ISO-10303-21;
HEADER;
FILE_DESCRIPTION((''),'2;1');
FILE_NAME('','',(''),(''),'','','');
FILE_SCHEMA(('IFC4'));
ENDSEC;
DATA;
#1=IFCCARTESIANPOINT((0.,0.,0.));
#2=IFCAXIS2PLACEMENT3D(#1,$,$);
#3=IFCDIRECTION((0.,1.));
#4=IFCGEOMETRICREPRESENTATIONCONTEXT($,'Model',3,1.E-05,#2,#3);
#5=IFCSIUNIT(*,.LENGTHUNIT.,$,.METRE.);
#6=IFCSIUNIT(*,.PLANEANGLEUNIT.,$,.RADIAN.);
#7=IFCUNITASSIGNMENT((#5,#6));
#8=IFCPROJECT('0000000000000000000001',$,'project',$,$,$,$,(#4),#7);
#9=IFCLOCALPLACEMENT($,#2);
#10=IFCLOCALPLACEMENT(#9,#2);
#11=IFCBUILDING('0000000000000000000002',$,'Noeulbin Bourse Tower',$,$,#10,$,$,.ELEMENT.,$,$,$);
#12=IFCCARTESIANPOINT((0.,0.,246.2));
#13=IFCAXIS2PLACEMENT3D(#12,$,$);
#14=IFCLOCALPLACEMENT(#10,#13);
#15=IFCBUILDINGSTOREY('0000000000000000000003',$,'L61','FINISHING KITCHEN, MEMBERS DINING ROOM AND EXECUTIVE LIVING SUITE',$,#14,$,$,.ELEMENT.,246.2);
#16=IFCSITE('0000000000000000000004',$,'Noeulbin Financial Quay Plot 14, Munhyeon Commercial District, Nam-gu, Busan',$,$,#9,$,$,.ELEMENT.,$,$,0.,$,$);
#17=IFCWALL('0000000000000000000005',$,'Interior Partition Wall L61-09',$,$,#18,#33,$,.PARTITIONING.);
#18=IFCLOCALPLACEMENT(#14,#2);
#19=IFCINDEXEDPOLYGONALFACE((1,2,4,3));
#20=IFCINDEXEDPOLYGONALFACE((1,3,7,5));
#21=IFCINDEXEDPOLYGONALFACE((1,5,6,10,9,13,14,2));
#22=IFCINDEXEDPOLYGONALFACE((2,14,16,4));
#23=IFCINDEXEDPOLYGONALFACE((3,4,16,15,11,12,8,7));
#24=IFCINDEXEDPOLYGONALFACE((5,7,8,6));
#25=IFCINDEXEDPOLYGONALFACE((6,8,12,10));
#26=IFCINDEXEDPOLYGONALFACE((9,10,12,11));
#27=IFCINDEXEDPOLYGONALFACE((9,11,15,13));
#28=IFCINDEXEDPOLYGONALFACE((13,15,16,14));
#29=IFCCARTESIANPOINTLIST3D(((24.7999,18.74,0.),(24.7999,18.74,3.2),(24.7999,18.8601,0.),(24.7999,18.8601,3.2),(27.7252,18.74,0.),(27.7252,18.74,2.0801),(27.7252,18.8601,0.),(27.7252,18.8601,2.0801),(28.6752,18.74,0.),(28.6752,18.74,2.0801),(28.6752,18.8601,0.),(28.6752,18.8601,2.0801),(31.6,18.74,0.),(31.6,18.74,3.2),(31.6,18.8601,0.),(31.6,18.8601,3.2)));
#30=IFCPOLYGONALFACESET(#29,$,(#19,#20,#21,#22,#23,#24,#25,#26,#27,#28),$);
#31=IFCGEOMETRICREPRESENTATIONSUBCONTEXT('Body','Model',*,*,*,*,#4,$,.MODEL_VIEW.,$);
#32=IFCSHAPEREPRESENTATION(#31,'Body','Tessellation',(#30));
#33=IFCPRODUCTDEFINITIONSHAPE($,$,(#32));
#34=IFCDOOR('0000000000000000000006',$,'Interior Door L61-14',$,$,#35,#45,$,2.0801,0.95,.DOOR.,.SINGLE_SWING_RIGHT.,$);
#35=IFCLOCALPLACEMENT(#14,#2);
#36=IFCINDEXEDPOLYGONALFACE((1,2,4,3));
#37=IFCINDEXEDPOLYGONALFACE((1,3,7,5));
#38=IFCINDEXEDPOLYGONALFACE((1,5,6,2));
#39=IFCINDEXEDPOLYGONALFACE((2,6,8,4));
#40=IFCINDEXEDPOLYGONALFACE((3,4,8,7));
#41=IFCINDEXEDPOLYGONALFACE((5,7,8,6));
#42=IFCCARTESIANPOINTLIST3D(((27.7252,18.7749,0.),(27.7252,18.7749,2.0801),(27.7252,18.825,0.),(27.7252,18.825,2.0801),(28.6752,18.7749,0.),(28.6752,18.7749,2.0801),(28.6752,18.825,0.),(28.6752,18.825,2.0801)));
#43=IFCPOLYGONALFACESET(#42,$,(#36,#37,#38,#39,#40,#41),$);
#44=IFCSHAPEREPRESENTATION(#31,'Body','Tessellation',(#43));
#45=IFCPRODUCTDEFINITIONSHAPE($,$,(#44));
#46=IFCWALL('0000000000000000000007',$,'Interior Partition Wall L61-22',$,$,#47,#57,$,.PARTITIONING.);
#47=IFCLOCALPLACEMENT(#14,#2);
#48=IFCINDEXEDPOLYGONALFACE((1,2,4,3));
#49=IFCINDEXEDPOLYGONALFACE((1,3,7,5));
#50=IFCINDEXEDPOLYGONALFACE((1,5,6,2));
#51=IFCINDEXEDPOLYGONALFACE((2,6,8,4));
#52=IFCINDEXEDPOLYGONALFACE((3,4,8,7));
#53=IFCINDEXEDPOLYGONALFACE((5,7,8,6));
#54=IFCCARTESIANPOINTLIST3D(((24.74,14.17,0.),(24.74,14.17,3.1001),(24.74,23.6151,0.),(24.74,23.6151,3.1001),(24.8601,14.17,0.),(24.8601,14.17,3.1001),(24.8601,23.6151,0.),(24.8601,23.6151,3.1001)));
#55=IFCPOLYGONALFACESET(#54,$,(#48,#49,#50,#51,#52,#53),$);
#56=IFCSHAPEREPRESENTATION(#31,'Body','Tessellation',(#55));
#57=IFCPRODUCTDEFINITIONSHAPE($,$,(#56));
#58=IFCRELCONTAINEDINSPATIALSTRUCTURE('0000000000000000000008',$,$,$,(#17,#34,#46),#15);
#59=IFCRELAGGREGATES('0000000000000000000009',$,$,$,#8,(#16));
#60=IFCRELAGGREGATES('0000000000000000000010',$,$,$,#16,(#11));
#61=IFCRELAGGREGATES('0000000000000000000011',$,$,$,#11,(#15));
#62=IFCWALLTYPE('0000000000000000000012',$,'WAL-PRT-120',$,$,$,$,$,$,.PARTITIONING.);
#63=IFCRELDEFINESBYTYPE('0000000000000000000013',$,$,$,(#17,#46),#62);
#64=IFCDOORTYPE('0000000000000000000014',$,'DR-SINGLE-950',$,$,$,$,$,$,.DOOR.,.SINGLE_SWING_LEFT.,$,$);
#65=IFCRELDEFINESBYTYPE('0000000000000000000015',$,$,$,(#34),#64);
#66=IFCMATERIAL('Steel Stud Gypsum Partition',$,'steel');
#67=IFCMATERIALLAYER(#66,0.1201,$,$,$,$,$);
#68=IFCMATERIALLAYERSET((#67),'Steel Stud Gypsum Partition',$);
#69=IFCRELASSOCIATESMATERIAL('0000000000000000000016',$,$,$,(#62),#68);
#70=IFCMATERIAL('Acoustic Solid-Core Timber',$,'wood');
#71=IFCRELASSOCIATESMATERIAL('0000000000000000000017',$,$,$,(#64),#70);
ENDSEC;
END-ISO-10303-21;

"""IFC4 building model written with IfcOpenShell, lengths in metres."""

from ifc_helpers import new_model, si_unit, direction, frame, frame_2d, origin, place, context, subcontext, project, spatial, rectangle, extrude, material, layer, layer_set, type_object, element, fill, save


model = new_model("IFC4")

# Units and contexts
model_context = context("Model", 3, precision=1e-05, world=origin(), true_north=direction((0.0, 1.0)))
body_context = subcontext(model_context, "Body", "Model", "MODEL_VIEW")
ifc_project = project(units=[si_unit("LENGTHUNIT", "METRE"), si_unit("PLANEANGLEUNIT", "RADIAN")], contexts=[model_context])

# Site, building, storey
site_placement = place(None, origin())
site = spatial("IfcSite", under=ifc_project, at=site_placement, Name="Noeulbin Financial Quay Plot 14, Munhyeon Commercial District, Nam-gu, Busan", CompositionType="ELEMENT", RefElevation=0.0)
building_placement = place(site_placement, origin())
building = spatial("IfcBuilding", under=site, at=building_placement, Name="Noeulbin Bourse Tower", CompositionType="ELEMENT")
storey_placement = place(building_placement, frame((0.0, 0.0, 246.2)))
storey = spatial("IfcBuildingStorey", under=building, at=storey_placement, Name="L61", Description="FINISHING KITCHEN, MEMBERS DINING ROOM AND EXECUTIVE LIVING SUITE", CompositionType="ELEMENT", Elevation=246.2)

# Wall, opening, door
ifc_material_1 = material(Name="Steel Stud Gypsum Partition", Category="steel")
ifc_layer_1 = layer(ifc_material_1, 0.1201)
ifc_layer_set_1 = layer_set([ifc_layer_1], Name="Steel Stud Gypsum Partition")
wall_type_1 = type_object("IfcWallType", Name="WAL-PRT-120", PredefinedType="PARTITIONING", material=ifc_layer_set_1)
wall_1_placement = place(storey_placement, frame((24.8, 18.8, 0.0), z_axis=(0.0, 0.0, 1.0), x_axis=(1.0, 0.0, 0.0)))
wall_1 = element("IfcWall", 1, at=wall_1_placement, inside=storey, type_object=wall_type_1, Name="Interior Partition Wall L61-09", PredefinedType="PARTITIONING", context=body_context, shape_type="SweptSolid", body=[
    extrude(rectangle(XDim=6.8, YDim=0.1201, at=frame_2d((3.3999, 0.0))), origin(), (0.0, 0.0, 1.0), 3.2),
])
opening_placement = place(wall_1_placement, frame((2.925, 0.0, 0.0)))
opening = element("IfcOpeningElement", 2, at=opening_placement, cuts=wall_1, PredefinedType="OPENING", context=body_context, shape_type="SweptSolid", body=[
    extrude(rectangle(XDim=0.95, YDim=2.0801, at=frame_2d((0.4751, 1.04))), frame((0.0, 0.0701, 0.0), z_axis=(0.0, -1.0, 0.0), x_axis=(1.0, 0.0, 0.0)), (0.0, 0.0, 1.0), 0.1401),
])
ifc_material_2 = material(Name="Acoustic Solid-Core Timber", Category="wood")
door_type = type_object("IfcDoorType", Name="DR-SINGLE-950", OperationType="SINGLE_SWING_LEFT", PredefinedType="DOOR", material=ifc_material_2)
door_placement = place(opening_placement, origin())
door = element("IfcDoor", 3, at=door_placement, inside=storey, type_object=door_type, Name="Interior Door L61-14", OperationType="SINGLE_SWING_RIGHT", OverallHeight=2.0801, OverallWidth=0.95, PredefinedType="DOOR", context=body_context, shape_type="SweptSolid", body=[
    extrude(rectangle(XDim=0.95, YDim=2.0801, at=frame_2d((0.4751, 1.04))), frame((0.0, 0.0249, 0.0), z_axis=(0.0, -1.0, 0.0), x_axis=(1.0, 0.0, 0.0)), (0.0, 0.0, 1.0), 0.05),
])
fill(opening, door)

# Wall
wall_2_placement = place(storey_placement, frame((24.8, 14.1699, 0.0), z_axis=(0.0, 0.0, 1.0), x_axis=(0.0, 1.0, 0.0)))
element("IfcWall", 4, at=wall_2_placement, inside=storey, type_object=wall_type_1, Name="Interior Partition Wall L61-22", PredefinedType="PARTITIONING", context=body_context, shape_type="SweptSolid", body=[
    extrude(rectangle(XDim=9.4451, YDim=0.1201, at=frame_2d((4.7227, 0.0))), origin(), (0.0, 0.0, 1.0), 3.1001),
])

save(model, "model.ifc")
